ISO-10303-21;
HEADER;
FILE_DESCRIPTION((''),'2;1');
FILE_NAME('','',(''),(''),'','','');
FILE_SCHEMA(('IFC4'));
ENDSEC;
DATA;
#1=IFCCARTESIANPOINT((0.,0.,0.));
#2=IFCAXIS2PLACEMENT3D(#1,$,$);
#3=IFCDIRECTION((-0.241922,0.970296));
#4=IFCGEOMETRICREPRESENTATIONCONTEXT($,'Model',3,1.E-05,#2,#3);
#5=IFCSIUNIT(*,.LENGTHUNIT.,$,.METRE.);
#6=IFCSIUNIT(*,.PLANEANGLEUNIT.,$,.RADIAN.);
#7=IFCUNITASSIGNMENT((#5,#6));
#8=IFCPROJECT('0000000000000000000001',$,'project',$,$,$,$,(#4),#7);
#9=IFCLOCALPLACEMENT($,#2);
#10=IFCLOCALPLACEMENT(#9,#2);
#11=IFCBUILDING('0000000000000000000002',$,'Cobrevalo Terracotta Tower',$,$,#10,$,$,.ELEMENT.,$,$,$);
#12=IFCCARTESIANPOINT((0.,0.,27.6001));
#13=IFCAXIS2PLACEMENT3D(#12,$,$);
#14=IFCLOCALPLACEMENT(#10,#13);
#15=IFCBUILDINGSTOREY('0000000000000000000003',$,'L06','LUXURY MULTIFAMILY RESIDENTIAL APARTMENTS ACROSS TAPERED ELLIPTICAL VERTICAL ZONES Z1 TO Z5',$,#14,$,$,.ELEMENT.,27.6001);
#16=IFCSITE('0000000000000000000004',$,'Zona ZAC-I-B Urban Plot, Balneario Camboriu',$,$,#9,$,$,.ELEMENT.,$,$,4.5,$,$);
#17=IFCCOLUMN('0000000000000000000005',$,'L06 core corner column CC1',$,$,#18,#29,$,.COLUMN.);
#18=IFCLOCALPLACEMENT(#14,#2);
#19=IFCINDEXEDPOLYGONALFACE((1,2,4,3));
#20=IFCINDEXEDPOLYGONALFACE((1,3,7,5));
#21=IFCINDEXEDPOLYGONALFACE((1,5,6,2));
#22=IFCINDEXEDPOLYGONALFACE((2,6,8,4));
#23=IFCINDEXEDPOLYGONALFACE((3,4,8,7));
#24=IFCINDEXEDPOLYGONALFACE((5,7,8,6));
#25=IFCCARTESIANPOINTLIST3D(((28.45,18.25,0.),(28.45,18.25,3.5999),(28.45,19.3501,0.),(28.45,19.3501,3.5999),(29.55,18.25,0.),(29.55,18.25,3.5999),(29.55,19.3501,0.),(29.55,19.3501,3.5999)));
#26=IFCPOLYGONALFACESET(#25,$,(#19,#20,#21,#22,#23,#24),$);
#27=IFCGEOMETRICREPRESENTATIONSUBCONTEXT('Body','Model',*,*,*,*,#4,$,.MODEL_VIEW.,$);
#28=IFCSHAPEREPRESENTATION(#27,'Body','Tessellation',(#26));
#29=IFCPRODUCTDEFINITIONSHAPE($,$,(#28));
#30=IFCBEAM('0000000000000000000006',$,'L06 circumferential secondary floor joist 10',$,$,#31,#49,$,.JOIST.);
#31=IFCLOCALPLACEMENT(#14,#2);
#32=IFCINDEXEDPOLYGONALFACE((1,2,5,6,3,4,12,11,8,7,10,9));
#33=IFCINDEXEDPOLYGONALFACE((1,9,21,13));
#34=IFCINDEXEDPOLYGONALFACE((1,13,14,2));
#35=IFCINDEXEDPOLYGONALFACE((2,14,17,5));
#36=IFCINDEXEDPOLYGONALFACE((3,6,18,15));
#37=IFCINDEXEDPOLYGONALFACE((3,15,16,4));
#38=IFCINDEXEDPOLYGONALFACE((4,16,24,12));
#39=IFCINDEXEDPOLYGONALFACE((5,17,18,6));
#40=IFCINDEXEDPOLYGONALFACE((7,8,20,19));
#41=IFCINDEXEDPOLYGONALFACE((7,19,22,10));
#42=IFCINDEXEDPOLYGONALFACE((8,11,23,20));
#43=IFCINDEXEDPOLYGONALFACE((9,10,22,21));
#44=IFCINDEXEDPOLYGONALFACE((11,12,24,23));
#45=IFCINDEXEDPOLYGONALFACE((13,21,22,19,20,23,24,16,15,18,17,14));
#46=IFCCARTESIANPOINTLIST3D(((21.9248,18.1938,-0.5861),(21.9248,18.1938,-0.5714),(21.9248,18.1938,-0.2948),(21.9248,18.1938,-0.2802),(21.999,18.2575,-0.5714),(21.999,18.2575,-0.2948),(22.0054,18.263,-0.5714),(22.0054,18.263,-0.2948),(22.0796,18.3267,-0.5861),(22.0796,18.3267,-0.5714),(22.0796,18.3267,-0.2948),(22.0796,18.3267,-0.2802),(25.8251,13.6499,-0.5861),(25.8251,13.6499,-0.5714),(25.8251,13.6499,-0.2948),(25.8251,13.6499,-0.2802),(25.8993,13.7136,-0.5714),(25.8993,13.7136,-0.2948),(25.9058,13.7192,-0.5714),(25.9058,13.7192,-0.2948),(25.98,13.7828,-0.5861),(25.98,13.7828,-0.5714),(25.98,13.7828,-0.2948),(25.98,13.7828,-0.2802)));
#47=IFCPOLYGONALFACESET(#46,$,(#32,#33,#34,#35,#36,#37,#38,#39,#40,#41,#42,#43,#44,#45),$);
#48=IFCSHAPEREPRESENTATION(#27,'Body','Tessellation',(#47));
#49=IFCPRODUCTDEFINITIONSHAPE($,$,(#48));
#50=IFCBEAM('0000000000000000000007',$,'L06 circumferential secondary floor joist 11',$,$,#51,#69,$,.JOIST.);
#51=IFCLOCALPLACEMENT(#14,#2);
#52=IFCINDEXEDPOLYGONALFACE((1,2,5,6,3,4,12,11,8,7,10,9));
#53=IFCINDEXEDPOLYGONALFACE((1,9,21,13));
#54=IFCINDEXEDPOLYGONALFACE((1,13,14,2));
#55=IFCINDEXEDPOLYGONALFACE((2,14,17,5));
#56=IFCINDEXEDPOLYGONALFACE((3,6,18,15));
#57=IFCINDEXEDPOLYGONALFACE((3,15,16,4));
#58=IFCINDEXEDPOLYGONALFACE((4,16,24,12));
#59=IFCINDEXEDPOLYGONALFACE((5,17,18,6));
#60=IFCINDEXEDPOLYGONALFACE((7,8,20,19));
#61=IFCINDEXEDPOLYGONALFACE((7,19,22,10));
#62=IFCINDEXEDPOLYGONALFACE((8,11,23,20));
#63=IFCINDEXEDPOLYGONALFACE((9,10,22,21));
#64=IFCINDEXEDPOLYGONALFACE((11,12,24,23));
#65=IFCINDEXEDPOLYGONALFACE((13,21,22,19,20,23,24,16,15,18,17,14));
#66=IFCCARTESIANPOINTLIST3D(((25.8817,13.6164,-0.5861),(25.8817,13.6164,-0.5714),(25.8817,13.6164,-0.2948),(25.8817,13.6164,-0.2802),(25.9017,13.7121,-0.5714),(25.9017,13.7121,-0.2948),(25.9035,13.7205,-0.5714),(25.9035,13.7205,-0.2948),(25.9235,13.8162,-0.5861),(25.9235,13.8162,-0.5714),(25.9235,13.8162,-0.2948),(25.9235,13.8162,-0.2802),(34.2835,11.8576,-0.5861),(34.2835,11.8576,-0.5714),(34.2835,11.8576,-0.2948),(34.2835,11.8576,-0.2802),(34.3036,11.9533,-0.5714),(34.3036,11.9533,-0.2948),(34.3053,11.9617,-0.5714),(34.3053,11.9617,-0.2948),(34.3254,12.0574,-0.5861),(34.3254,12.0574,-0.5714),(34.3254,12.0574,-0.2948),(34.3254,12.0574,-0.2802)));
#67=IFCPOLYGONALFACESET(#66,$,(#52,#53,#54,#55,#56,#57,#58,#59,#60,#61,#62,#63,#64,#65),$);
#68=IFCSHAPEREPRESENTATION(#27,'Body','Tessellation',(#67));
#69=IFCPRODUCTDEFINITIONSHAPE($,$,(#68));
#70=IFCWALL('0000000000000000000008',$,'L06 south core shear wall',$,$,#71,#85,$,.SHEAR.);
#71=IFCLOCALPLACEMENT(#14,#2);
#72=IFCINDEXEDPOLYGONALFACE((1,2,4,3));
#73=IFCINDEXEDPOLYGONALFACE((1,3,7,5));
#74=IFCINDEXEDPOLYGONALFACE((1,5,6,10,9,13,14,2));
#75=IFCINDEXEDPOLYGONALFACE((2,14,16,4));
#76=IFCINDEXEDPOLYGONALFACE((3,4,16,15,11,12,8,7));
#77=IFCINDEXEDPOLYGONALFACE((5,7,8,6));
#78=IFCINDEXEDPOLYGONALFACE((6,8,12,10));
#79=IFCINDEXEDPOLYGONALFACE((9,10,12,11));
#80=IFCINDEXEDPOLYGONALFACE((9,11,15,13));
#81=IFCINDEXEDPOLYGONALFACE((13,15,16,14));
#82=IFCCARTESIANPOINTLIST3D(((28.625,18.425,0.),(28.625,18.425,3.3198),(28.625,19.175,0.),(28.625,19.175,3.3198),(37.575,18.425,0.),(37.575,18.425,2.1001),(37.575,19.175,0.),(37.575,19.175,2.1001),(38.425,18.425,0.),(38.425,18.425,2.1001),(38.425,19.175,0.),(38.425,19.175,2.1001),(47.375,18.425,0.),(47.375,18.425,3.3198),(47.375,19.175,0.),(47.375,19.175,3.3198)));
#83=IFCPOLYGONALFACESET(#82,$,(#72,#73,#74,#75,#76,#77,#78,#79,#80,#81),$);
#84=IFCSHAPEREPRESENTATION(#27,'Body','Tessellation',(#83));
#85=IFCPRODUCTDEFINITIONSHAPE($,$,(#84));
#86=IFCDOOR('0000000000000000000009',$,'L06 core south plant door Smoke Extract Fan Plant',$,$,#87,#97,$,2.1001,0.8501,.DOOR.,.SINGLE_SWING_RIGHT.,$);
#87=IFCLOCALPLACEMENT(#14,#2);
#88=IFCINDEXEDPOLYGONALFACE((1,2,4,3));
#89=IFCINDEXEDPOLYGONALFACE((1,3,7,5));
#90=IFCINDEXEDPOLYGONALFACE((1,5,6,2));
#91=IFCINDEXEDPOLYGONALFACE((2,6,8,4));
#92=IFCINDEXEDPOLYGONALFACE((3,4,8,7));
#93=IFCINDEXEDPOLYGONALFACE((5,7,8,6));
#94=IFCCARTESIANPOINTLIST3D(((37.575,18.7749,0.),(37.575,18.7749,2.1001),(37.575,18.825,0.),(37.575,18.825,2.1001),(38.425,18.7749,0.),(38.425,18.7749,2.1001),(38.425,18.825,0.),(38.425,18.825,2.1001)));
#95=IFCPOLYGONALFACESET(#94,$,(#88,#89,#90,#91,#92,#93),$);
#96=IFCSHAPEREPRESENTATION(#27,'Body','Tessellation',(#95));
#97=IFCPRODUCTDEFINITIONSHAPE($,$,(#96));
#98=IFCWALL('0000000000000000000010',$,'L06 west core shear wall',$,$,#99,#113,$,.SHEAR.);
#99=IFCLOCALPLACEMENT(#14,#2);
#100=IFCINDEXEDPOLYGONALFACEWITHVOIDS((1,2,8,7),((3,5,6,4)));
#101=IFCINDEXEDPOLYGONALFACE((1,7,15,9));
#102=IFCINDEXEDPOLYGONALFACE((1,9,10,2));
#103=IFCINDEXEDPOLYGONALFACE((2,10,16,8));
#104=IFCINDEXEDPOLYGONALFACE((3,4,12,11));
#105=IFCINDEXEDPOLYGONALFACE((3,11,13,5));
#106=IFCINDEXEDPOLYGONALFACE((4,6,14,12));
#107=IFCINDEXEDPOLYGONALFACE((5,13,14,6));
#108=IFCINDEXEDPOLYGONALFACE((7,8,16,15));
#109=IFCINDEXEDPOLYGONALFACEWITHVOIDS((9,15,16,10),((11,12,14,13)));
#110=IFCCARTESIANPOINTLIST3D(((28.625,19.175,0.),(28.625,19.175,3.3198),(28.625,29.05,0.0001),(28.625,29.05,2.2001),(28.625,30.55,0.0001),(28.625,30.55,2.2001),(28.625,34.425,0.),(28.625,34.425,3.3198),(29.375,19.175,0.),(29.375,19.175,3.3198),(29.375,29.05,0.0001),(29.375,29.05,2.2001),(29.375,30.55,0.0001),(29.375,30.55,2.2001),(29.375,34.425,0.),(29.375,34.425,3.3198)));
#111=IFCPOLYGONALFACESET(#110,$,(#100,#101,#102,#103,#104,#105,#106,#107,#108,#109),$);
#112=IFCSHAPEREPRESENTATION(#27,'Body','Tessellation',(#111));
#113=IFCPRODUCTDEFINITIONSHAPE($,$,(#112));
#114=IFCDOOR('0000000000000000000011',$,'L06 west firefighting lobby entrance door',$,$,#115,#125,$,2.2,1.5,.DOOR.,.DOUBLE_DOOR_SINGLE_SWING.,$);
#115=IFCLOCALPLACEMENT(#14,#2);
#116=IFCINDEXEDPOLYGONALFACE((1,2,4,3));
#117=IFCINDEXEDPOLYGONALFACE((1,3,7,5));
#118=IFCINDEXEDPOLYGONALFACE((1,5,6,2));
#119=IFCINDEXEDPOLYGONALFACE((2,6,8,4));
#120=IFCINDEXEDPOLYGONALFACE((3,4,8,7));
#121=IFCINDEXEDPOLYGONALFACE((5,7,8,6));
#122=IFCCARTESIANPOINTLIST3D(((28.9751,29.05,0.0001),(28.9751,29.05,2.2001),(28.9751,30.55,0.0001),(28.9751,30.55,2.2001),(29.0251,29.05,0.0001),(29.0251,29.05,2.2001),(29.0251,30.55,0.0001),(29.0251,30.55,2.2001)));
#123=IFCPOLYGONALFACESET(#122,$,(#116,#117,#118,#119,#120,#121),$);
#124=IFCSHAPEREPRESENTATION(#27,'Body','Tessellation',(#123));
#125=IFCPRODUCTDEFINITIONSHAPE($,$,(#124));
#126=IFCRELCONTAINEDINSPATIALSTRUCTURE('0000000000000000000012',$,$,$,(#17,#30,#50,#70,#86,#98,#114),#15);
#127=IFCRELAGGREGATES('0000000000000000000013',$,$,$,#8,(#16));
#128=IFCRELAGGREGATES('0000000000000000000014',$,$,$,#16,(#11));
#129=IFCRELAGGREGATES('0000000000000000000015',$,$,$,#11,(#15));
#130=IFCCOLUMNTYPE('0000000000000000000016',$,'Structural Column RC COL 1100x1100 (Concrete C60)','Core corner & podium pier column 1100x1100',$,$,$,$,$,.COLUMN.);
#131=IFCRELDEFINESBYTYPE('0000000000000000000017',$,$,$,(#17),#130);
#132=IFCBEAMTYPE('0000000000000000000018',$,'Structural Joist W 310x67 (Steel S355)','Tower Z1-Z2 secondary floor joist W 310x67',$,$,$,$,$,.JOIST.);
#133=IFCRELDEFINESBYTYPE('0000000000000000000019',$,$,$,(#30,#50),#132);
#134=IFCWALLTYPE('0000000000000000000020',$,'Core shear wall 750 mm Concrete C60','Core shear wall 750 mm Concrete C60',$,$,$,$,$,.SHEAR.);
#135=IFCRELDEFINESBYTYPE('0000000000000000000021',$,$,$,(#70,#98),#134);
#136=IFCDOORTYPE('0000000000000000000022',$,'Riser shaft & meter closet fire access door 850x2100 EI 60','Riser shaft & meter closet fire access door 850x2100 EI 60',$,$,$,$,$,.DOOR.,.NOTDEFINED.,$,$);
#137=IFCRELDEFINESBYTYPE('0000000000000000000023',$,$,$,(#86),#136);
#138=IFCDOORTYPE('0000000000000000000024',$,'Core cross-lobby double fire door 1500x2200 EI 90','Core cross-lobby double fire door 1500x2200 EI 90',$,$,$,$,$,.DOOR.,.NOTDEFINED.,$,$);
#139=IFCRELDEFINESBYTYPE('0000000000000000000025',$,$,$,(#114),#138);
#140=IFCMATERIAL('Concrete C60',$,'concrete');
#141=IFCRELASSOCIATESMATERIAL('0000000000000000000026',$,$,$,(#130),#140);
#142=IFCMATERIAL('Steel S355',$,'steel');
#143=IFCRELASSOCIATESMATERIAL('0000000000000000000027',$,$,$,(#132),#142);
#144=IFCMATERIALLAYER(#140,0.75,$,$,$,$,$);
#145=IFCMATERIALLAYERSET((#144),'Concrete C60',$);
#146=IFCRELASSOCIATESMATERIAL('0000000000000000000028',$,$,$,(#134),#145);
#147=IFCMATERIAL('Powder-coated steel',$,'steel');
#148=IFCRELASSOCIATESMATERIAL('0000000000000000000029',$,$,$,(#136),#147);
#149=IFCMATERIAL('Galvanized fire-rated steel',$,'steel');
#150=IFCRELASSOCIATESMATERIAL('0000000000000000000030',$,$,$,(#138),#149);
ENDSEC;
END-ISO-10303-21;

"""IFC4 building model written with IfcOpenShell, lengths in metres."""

from ifc_helpers import new_model, si_unit, direction, frame, frame_2d, origin, origin_2d, place, context, subcontext, project, spatial, rectangle, i_section, extrude, source, transform, mapped, material, layer, layer_set, material_profile, profile_set, type_object, element, fill, save


model = new_model("IFC4")

# Units and contexts
model_context = context("Model", 3, precision=1e-05, world=origin(), true_north=direction((-0.241922, 0.970296)))
body_context = subcontext(model_context, "Body", "Model", "MODEL_VIEW")
ifc_project = project(units=[si_unit("LENGTHUNIT", "METRE"), si_unit("PLANEANGLEUNIT", "RADIAN")], contexts=[model_context])

# Site, building, storey
site_placement = place(None, origin())
site = spatial("IfcSite", under=ifc_project, at=site_placement, Name="Zona ZAC-I-B Urban Plot, Balneario Camboriu", CompositionType="ELEMENT", RefElevation=4.5)
building_placement = place(site_placement, origin())
building = spatial("IfcBuilding", under=site, at=building_placement, Name="Cobrevalo Terracotta Tower", CompositionType="ELEMENT")
storey_placement = place(building_placement, frame((0.0, 0.0, 27.6001)))
storey = spatial("IfcBuildingStorey", under=building, at=storey_placement, Name="L06", Description="LUXURY MULTIFAMILY RESIDENTIAL APARTMENTS ACROSS TAPERED ELLIPTICAL VERTICAL ZONES Z1 TO Z5", CompositionType="ELEMENT", Elevation=27.6001)

# Column
ifc_material_1 = material(Name="Concrete C60", Category="concrete")
ifc_material_profile_1 = material_profile(ifc_material_1, rectangle(XDim=1.1001, YDim=1.1001, at=origin_2d()), Name="RC COL 1100x1100")
ifc_profile_set_1 = profile_set([ifc_material_profile_1], Name="Concrete C60")
column_type = type_object("IfcColumnType", Name="Structural Column RC COL 1100x1100 (Concrete C60)", Description="Core corner & podium pier column 1100x1100", PredefinedType="COLUMN", material=ifc_profile_set_1)
column_placement = place(storey_placement, frame((29.0, 18.8, 0.0), z_axis=(0.0, 0.0, 1.0), x_axis=(1.0, 0.0, 0.0)))
element("IfcColumn", 1, at=column_placement, inside=storey, type_object=column_type, Name="L06 core corner column CC1", PredefinedType="COLUMN", context=body_context, shape_type="SweptSolid", body=[
    extrude(rectangle(XDim=1.1001, YDim=1.1001, at=origin_2d()), origin(), (0.0, 0.0, 1.0), 3.5999),
])

# Beams
ifc_material_2 = material(Name="Steel S355", Category="steel")
ifc_material_profile_2 = material_profile(ifc_material_2, i_section(OverallWidth=0.2041, OverallDepth=0.3059, WebThickness=0.0085, FlangeThickness=0.0146, at=origin_2d()), Name="W 310x67")
ifc_profile_set_2 = profile_set([ifc_material_profile_2], Name="Steel S355")
beam_type = type_object("IfcBeamType", Name="Structural Joist W 310x67 (Steel S355)", Description="Tower Z1-Z2 secondary floor joist W 310x67", PredefinedType="JOIST", material=ifc_profile_set_2)
beam_1_placement = place(storey_placement, frame((22.0022, 18.2603, -0.4331), z_axis=(0.651328, -0.758796, 0.0), x_axis=(0.758796, 0.651328, 0.0)))
element("IfcBeam", 2, at=beam_1_placement, inside=storey, type_object=beam_type, Name="L06 circumferential secondary floor joist 10", PredefinedType="JOIST", context=body_context, shape_type="SweptSolid", body=[
    extrude(i_section(OverallWidth=0.2041, OverallDepth=0.3059, WebThickness=0.0085, FlangeThickness=0.0146, at=origin_2d()), origin(), (0.0, 0.0, 1.0), 5.9883),
])
beam_2_placement = place(storey_placement, frame((25.9026, 13.7163, -0.4331), z_axis=(0.978785, -0.204892, 0.0), x_axis=(0.204892, 0.978785, 0.0)))
element("IfcBeam", 3, at=beam_2_placement, inside=storey, type_object=beam_type, Name="L06 circumferential secondary floor joist 11", PredefinedType="JOIST", context=body_context, shape_type="SweptSolid", body=[
    extrude(i_section(OverallWidth=0.2041, OverallDepth=0.3059, WebThickness=0.0085, FlangeThickness=0.0146, at=origin_2d()), origin(), (0.0, 0.0, 1.0), 8.584),
])

# Walls, openings, doors
ifc_layer_1 = layer(ifc_material_1, 0.75)
ifc_layer_set_1 = layer_set([ifc_layer_1], Name="Concrete C60")
wall_type_1 = type_object("IfcWallType", Name="Core shear wall 750 mm Concrete C60", Description="Core shear wall 750 mm Concrete C60", PredefinedType="SHEAR", material=ifc_layer_set_1)
wall_1_placement = place(storey_placement, frame((28.625, 18.8, 0.0), z_axis=(0.0, 0.0, 1.0), x_axis=(1.0, 0.0, 0.0)))
wall_1 = element("IfcWall", 4, at=wall_1_placement, inside=storey, type_object=wall_type_1, Name="L06 south core shear wall", PredefinedType="SHEAR", context=body_context, shape_type="SweptSolid", body=[
    extrude(rectangle(XDim=18.75, YDim=0.75, at=frame_2d((9.375, 0.0))), origin(), (0.0, 0.0, 1.0), 3.3198),
])
opening_1_placement = place(wall_1_placement, frame((8.95, 0.0, 0.0)))
opening_1 = element("IfcOpeningElement", 5, at=opening_1_placement, cuts=wall_1, PredefinedType="OPENING", context=body_context, shape_type="SweptSolid", body=[
    extrude(rectangle(XDim=0.8501, YDim=2.1001, at=frame_2d((0.425, 1.05))), frame((0.0, 0.385, 0.0), z_axis=(0.0, -1.0, 0.0), x_axis=(1.0, 0.0, 0.0)), (0.0, 0.0, 1.0), 0.77),
])
ifc_material_3 = material(Name="Powder-coated steel", Category="steel")
door_type_1 = type_object("IfcDoorType", Name="Riser shaft & meter closet fire access door 850x2100 EI 60", Description="Riser shaft & meter closet fire access door 850x2100 EI 60", OperationType="NOTDEFINED", PredefinedType="DOOR", material=ifc_material_3)
shared_shape_1 = source(origin(), body_context, "Body", "SweptSolid", [
    extrude(rectangle(XDim=0.8501, YDim=2.1001, at=frame_2d((0.425, 1.05))), frame((0.0, 0.0249, 0.0), z_axis=(0.0, -1.0, 0.0), x_axis=(1.0, 0.0, 0.0)), (0.0, 0.0, 1.0), 0.05),
])
door_1_placement = place(opening_1_placement, origin())
door_1 = element("IfcDoor", 6, at=door_1_placement, inside=storey, type_object=door_type_1, Name="L06 core south plant door Smoke Extract Fan Plant", OperationType="SINGLE_SWING_RIGHT", OverallHeight=2.1001, OverallWidth=0.8501, PredefinedType="DOOR", context=body_context, shape_type="MappedRepresentation", body=[
    mapped(shared_shape_1, transform((0.0, 0.0, 0.0), scale=1.0)),
])
fill(opening_1, door_1)
wall_2_placement = place(storey_placement, frame((29.0, 19.175, 0.0), z_axis=(0.0, 0.0, 1.0), x_axis=(0.0, 1.0, 0.0)))
wall_2 = element("IfcWall", 7, at=wall_2_placement, inside=storey, type_object=wall_type_1, Name="L06 west core shear wall", PredefinedType="SHEAR", context=body_context, shape_type="SweptSolid", body=[
    extrude(rectangle(XDim=15.25, YDim=0.75, at=frame_2d((7.625, 0.0))), origin(), (0.0, 0.0, 1.0), 3.3198),
])
opening_2_placement = place(wall_2_placement, frame((9.875, 0.0, 0.0)))
opening_2 = element("IfcOpeningElement", 8, at=opening_2_placement, cuts=wall_2, PredefinedType="OPENING", context=body_context, shape_type="SweptSolid", body=[
    extrude(rectangle(XDim=1.5, YDim=2.2, at=frame_2d((0.75, 1.1001))), frame((0.0, 0.385, 0.0), z_axis=(0.0, -1.0, 0.0), x_axis=(1.0, 0.0, 0.0)), (0.0, 0.0, 1.0), 0.77),
])
ifc_material_4 = material(Name="Galvanized fire-rated steel", Category="steel")
door_type_2 = type_object("IfcDoorType", Name="Core cross-lobby double fire door 1500x2200 EI 90", Description="Core cross-lobby double fire door 1500x2200 EI 90", OperationType="NOTDEFINED", PredefinedType="DOOR", material=ifc_material_4)
shared_shape_2 = source(origin(), body_context, "Body", "SweptSolid", [
    extrude(rectangle(XDim=1.5, YDim=2.2, at=frame_2d((0.75, 1.1001))), frame((0.0, 0.0249, 0.0), z_axis=(0.0, -1.0, 0.0), x_axis=(1.0, 0.0, 0.0)), (0.0, 0.0, 1.0), 0.05),
])
door_2_placement = place(opening_2_placement, origin())
door_2 = element("IfcDoor", 9, at=door_2_placement, inside=storey, type_object=door_type_2, Name="L06 west firefighting lobby entrance door", OperationType="DOUBLE_DOOR_SINGLE_SWING", OverallHeight=2.2, OverallWidth=1.5, PredefinedType="DOOR", context=body_context, shape_type="MappedRepresentation", body=[
    mapped(shared_shape_2, transform((0.0, 0.0, 0.0), scale=1.0)),
])
fill(opening_2, door_2)

save(model, "model.ifc")
